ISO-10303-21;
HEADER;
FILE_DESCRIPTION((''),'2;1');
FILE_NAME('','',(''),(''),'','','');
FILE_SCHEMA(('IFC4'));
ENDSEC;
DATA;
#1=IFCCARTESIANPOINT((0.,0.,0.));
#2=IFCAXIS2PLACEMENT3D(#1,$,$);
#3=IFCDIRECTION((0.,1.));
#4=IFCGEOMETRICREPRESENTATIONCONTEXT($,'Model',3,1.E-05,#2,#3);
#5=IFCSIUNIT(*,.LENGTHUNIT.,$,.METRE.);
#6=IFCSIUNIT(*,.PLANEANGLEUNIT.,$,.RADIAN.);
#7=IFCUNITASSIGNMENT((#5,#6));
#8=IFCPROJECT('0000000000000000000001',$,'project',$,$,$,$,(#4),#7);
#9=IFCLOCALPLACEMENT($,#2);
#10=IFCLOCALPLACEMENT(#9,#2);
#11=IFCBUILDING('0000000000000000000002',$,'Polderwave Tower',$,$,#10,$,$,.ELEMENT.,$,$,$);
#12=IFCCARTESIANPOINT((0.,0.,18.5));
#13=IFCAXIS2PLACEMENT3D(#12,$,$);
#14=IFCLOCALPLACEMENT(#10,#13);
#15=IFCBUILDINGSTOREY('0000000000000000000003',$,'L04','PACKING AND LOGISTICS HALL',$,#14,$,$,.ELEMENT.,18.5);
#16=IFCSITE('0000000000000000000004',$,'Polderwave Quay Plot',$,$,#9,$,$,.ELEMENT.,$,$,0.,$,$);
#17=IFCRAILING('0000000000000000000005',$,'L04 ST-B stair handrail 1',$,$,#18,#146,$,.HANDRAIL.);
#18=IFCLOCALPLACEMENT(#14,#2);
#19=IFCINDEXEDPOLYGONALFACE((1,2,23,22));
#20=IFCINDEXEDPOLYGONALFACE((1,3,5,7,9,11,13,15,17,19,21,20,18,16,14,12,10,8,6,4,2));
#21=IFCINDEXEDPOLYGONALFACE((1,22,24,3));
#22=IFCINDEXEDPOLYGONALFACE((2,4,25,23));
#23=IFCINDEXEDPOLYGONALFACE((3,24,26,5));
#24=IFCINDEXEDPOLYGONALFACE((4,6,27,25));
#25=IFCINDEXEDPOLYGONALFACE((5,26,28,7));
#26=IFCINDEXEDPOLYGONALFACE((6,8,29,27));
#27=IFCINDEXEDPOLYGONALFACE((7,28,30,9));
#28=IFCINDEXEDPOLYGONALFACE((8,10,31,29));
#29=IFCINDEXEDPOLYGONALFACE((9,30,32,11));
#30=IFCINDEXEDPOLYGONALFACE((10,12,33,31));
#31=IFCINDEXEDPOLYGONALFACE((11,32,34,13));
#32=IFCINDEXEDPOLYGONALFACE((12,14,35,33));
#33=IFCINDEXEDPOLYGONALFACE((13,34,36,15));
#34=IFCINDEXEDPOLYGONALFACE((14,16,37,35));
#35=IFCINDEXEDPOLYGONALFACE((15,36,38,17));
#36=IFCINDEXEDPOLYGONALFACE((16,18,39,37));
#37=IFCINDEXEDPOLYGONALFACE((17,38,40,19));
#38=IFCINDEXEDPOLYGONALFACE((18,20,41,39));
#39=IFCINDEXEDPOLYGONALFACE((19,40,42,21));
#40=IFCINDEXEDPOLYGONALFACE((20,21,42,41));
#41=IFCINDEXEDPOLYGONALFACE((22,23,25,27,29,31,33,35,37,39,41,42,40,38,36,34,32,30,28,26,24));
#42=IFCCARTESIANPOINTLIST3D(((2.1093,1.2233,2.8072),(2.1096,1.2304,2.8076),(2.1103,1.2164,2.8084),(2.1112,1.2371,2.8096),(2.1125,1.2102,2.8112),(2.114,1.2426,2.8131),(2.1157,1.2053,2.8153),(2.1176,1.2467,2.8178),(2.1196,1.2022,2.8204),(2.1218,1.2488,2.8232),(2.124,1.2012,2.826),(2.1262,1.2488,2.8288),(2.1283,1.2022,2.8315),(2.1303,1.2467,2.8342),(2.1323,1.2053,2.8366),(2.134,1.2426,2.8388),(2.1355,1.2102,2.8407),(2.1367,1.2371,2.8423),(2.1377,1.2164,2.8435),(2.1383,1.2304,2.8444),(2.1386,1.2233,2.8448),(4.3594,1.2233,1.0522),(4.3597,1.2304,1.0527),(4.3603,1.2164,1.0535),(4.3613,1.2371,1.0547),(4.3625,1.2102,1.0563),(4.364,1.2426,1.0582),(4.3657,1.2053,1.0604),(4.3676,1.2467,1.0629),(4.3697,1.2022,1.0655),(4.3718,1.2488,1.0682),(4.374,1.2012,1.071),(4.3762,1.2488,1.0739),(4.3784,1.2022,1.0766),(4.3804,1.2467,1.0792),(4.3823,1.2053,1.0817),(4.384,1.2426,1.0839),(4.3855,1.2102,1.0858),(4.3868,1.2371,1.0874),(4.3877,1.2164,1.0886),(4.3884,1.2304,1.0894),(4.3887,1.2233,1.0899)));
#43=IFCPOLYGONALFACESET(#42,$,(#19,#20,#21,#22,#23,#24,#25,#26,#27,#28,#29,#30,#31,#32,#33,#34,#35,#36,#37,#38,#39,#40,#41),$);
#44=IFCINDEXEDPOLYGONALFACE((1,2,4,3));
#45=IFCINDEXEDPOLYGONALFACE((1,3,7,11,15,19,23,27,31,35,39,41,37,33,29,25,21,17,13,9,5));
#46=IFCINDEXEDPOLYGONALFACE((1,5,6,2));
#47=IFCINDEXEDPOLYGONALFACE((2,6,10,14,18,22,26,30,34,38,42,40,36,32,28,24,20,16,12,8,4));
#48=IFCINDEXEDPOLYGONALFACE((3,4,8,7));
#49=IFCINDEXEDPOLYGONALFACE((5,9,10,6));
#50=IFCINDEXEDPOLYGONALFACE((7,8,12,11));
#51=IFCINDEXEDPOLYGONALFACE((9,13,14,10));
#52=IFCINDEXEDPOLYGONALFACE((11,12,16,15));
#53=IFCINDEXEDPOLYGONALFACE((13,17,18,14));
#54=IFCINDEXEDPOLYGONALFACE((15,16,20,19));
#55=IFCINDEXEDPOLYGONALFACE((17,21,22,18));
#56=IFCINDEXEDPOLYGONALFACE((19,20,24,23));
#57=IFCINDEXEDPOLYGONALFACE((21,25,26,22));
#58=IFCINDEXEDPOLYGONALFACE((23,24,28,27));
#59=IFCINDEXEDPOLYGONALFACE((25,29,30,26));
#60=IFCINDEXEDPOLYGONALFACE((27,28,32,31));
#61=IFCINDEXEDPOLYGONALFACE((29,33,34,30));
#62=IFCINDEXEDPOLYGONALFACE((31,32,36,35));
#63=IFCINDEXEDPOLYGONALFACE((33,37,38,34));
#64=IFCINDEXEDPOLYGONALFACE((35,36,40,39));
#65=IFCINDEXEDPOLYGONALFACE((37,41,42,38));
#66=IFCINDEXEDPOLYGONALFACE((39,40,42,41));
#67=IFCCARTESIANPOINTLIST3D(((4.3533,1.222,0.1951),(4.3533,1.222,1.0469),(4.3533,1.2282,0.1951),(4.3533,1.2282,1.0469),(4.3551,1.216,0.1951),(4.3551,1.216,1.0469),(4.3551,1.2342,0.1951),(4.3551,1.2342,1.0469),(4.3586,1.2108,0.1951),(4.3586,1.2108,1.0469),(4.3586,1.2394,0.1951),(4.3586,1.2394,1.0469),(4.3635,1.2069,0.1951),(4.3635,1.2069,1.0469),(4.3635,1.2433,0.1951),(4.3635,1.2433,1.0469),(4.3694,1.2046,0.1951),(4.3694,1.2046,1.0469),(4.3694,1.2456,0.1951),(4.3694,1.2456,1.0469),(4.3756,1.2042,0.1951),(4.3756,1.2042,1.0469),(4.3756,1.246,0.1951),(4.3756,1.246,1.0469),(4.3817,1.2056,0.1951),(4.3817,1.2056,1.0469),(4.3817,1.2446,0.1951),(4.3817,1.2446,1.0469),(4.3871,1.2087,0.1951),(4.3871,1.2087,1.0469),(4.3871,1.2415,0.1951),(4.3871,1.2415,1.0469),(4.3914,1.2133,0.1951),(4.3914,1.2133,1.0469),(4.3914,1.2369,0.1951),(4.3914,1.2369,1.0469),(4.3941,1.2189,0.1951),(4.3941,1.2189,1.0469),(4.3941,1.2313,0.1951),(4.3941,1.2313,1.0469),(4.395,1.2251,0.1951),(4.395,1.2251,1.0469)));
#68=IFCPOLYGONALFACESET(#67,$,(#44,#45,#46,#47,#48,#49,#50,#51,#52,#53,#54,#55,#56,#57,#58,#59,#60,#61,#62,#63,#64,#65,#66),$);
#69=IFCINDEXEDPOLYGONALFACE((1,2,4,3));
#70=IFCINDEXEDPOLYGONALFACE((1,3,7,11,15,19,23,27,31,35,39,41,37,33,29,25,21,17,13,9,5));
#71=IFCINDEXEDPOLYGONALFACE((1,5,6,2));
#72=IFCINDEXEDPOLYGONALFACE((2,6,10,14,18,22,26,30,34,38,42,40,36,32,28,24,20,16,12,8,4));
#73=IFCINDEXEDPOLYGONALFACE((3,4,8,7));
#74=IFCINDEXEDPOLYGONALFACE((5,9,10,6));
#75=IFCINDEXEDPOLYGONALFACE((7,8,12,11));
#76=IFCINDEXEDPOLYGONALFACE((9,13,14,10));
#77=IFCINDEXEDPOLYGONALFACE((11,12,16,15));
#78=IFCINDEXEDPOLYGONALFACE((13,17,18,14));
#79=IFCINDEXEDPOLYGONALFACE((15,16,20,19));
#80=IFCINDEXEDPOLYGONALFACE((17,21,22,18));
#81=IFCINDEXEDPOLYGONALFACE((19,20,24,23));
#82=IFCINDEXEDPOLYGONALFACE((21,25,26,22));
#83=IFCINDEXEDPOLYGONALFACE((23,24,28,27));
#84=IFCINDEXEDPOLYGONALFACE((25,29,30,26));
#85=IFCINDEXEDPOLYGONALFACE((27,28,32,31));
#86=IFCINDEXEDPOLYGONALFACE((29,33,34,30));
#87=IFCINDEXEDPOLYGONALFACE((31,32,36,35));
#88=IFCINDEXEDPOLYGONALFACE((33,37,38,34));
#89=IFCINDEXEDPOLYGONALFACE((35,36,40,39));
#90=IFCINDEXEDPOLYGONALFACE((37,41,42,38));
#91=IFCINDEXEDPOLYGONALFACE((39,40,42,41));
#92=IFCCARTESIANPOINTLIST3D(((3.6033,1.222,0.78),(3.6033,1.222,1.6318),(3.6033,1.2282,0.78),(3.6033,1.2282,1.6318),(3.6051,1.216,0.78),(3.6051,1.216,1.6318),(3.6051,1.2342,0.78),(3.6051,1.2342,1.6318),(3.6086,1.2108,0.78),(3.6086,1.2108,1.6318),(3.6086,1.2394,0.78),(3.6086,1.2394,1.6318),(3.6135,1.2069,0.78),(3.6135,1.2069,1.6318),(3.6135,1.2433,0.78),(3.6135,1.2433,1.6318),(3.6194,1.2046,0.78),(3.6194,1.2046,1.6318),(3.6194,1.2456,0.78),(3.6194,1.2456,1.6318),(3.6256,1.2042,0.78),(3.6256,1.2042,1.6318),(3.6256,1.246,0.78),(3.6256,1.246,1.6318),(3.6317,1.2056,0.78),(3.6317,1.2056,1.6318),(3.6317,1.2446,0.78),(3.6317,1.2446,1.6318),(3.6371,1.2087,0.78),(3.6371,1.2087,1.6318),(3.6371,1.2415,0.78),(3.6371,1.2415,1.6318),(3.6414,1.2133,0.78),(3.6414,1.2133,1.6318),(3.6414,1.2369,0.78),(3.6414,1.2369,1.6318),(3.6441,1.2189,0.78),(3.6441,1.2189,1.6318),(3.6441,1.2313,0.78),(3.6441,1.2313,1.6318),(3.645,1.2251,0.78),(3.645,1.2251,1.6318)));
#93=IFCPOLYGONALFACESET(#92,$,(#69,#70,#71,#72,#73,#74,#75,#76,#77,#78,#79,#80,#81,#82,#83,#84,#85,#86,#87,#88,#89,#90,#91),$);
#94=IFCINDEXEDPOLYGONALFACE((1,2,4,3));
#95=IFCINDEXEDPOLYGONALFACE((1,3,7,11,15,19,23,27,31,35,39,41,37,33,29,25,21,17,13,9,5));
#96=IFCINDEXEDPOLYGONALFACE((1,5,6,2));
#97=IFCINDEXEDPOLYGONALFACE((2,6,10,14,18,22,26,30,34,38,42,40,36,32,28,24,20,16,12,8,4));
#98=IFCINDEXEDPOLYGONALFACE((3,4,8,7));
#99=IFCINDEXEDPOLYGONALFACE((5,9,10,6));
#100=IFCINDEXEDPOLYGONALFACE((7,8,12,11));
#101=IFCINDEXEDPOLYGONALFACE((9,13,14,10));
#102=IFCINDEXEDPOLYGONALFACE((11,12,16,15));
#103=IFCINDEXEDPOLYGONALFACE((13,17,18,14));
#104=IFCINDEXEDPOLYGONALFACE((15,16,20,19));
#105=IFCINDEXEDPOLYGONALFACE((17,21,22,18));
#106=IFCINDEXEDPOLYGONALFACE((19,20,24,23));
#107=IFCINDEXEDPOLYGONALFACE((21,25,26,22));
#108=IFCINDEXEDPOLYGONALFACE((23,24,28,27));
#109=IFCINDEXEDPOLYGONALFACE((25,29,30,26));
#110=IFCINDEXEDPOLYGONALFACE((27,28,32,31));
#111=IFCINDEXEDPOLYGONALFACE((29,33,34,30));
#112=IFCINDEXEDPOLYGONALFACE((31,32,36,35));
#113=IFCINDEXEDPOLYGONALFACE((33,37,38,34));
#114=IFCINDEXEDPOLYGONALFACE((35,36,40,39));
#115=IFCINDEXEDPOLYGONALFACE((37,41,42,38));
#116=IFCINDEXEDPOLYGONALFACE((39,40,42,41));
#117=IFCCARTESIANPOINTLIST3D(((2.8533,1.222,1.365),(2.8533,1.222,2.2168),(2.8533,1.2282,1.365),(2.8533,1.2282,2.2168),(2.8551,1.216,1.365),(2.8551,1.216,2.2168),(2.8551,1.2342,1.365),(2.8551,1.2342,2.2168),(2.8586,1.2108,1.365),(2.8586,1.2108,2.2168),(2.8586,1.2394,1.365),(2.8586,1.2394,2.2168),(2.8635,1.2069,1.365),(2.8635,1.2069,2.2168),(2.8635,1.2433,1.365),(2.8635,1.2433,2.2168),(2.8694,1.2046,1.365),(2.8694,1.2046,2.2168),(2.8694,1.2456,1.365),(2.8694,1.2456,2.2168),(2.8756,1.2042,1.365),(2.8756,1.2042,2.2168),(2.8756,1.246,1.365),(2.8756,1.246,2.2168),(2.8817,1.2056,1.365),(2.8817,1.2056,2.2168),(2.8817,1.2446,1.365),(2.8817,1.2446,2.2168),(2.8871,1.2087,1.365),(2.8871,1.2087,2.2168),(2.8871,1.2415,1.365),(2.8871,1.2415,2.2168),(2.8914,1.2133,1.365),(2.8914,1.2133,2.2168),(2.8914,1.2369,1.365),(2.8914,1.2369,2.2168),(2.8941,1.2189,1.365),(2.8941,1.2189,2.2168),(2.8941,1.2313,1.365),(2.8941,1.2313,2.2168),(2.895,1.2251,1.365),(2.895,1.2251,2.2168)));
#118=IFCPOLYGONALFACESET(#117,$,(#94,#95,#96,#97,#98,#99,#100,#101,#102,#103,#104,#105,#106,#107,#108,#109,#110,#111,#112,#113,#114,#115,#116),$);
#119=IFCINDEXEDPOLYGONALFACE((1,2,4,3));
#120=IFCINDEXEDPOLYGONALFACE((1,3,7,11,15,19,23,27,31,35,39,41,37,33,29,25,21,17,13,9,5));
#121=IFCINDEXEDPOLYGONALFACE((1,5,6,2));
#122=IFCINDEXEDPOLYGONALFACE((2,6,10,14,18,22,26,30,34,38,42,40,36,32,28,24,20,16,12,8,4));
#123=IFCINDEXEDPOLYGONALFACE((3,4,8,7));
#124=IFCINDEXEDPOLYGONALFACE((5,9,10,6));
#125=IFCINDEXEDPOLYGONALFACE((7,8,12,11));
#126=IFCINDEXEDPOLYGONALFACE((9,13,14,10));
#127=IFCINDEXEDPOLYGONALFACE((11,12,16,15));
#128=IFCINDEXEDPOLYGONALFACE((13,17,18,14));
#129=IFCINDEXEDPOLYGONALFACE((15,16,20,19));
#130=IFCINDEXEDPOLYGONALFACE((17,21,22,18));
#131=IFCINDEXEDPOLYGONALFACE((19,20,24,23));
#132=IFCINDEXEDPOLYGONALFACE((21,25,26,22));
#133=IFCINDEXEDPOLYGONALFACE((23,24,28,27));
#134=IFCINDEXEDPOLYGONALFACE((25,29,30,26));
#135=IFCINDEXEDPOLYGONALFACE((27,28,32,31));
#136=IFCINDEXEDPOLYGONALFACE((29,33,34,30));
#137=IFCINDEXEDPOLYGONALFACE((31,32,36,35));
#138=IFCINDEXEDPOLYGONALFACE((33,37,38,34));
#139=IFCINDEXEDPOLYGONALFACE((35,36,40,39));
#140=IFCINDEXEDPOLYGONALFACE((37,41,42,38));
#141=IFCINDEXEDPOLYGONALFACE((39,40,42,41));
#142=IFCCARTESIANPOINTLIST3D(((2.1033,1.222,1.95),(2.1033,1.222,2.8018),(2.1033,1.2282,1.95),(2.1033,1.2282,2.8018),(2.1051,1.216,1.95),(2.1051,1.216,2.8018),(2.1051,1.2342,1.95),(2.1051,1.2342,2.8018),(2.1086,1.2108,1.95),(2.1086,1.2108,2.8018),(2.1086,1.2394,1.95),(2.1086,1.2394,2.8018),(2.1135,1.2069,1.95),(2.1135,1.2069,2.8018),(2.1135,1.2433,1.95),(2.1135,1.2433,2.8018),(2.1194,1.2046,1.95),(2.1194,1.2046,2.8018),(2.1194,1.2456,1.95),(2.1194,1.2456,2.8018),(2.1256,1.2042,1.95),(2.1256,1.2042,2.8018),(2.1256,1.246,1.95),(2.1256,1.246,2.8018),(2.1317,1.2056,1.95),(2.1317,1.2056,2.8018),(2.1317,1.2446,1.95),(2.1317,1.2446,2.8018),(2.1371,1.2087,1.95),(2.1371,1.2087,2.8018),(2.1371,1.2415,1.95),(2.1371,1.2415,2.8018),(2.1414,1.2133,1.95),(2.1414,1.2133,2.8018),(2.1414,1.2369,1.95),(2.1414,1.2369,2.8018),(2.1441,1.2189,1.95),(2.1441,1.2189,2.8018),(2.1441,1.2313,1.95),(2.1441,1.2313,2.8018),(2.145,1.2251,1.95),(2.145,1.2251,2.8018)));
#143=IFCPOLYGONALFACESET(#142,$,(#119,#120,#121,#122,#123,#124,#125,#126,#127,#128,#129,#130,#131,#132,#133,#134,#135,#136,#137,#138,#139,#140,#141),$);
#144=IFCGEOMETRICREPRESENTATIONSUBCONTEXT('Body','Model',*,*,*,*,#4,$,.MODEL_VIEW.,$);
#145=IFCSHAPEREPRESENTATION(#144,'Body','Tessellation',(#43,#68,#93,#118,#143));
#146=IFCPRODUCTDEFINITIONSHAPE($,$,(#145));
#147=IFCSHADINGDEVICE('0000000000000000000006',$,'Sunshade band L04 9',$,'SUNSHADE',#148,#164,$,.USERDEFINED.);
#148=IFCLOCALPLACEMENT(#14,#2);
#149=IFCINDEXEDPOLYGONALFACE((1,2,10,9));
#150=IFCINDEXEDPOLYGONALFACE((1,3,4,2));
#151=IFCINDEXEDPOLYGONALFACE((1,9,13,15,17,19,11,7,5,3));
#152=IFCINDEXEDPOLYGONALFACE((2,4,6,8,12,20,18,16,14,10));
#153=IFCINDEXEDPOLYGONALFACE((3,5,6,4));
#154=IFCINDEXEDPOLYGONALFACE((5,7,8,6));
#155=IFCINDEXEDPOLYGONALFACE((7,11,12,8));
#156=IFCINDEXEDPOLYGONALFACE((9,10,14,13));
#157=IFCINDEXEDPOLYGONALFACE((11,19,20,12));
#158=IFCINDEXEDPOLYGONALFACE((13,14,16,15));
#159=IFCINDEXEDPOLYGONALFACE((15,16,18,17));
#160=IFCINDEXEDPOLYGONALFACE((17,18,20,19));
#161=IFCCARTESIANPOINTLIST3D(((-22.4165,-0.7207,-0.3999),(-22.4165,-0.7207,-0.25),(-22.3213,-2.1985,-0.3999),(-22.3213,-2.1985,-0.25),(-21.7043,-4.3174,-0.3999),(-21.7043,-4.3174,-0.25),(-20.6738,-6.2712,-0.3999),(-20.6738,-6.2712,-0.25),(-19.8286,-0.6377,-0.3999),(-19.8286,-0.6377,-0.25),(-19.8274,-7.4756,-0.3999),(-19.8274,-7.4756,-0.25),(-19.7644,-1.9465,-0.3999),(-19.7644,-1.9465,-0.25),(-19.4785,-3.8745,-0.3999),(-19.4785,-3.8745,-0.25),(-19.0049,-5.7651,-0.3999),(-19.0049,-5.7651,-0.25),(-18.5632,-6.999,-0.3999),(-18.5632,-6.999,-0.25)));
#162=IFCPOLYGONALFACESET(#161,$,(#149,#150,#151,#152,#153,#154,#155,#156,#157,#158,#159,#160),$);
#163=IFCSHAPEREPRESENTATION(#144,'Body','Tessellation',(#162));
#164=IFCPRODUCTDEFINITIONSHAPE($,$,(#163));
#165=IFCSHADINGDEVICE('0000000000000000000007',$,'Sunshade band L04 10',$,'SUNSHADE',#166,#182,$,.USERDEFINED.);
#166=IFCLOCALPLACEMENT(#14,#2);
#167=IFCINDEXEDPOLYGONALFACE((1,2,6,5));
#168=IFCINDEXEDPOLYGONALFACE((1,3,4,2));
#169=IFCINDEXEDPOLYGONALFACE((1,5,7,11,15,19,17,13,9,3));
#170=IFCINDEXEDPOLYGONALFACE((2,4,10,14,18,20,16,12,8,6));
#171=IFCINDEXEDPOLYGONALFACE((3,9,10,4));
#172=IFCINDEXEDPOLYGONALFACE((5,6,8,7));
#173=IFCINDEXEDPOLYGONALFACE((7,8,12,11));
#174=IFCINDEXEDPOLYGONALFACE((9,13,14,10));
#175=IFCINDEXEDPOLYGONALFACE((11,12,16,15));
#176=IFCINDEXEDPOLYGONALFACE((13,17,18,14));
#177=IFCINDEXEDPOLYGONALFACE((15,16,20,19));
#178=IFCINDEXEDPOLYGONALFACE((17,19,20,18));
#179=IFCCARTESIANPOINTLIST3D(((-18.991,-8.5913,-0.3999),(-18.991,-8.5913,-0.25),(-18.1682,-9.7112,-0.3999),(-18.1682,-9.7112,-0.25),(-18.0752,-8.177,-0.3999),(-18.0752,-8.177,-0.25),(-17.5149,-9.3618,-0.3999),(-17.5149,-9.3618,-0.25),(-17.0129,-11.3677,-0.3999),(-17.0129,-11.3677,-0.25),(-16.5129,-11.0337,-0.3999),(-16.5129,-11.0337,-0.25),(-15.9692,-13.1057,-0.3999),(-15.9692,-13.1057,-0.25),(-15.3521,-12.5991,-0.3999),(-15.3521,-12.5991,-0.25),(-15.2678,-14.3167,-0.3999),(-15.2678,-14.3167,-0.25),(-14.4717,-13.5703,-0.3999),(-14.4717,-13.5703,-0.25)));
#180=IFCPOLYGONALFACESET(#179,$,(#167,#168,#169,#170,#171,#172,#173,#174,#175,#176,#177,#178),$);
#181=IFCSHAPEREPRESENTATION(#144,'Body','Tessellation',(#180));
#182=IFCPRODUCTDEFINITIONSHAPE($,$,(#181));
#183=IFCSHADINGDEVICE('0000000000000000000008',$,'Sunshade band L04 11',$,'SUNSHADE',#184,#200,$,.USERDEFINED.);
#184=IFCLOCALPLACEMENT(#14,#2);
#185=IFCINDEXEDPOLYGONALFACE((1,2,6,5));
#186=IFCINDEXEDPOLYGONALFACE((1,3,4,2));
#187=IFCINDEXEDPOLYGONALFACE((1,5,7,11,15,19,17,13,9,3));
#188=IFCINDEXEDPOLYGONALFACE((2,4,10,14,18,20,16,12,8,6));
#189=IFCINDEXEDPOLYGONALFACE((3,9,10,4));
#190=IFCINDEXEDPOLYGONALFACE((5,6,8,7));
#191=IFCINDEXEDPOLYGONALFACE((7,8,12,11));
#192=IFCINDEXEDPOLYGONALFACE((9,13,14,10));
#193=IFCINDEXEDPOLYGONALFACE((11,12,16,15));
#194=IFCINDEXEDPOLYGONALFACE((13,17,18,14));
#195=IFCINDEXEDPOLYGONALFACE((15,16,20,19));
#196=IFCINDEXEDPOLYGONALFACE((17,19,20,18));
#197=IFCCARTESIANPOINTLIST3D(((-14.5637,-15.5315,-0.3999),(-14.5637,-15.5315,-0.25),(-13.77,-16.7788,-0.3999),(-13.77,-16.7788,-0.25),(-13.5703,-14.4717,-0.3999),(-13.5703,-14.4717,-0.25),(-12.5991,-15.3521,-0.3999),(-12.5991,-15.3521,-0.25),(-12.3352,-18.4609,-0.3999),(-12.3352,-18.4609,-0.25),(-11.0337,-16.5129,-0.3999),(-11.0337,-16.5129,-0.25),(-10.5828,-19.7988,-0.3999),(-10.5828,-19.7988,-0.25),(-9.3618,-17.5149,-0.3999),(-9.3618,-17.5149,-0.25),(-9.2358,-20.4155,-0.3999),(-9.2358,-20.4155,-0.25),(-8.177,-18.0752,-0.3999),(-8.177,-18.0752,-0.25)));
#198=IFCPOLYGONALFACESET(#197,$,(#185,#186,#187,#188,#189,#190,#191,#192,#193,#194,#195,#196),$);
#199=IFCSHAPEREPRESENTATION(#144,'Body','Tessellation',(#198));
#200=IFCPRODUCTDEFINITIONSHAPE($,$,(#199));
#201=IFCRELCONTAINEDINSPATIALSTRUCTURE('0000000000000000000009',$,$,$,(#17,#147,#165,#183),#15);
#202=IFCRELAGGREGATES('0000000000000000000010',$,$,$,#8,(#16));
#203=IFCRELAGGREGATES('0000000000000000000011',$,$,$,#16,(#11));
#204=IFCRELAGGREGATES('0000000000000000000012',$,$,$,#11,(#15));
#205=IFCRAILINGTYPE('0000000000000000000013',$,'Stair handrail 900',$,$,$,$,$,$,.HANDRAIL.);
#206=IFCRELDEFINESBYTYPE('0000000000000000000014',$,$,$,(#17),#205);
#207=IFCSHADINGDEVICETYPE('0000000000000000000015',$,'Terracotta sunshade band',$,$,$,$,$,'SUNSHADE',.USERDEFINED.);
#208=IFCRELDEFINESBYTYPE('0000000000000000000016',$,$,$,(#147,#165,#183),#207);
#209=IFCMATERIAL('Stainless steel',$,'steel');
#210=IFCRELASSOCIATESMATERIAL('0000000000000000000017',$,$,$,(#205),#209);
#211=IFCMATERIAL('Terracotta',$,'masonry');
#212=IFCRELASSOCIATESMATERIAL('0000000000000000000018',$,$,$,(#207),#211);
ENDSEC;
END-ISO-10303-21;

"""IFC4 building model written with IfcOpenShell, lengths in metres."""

from ifc_helpers import new_model, si_unit, direction, frame, origin, origin_2d, place, context, subcontext, project, spatial, polyline, circle, outline, extrude, material, type_object, element, save


model = new_model("IFC4")

# Units and contexts
model_context = context("Model", 3, precision=1e-05, world=origin(), true_north=direction((0.0, 1.0)))
body_context = subcontext(model_context, "Body", "Model", "MODEL_VIEW")
ifc_project = project(units=[si_unit("LENGTHUNIT", "METRE"), si_unit("PLANEANGLEUNIT", "RADIAN")], contexts=[model_context])

# Site, building, storey
site_placement = place(None, origin())
site = spatial("IfcSite", under=ifc_project, at=site_placement, Name="Polderwave Quay Plot", CompositionType="ELEMENT", RefElevation=0.0)
building_placement = place(site_placement, origin())
building = spatial("IfcBuilding", under=site, at=building_placement, Name="Polderwave Tower", CompositionType="ELEMENT")
storey_placement = place(building_placement, frame((0.0, 0.0, 18.5)))
storey = spatial("IfcBuildingStorey", under=building, at=storey_placement, Name="L04", Description="PACKING AND LOGISTICS HALL", CompositionType="ELEMENT", Elevation=18.5)

# Railing
ifc_material_1 = material(Name="Stainless steel", Category="steel")
railing_type_1 = type_object("IfcRailingType", Name="Stair handrail 900", PredefinedType="HANDRAIL", material=ifc_material_1)
railing_1_placement = place(storey_placement, frame((4.374, 1.2251, 0.1951)))
element("IfcRailing", 1, at=railing_1_placement, inside=storey, type_object=railing_type_1, Name="L04 ST-B stair handrail 1", PredefinedType="HANDRAIL", context=body_context, shape_type="SweptSolid", body=[
    extrude(circle(Radius=0.0239, at=origin_2d()), frame((0.0, 0.0, 0.876), z_axis=(-0.788522, 0.0, 0.615006), x_axis=(0.0, -1.0, 0.0)), (0.0, 0.0, 1.0), 2.8535),
    extrude(circle(Radius=0.021, at=origin_2d()), origin(), (0.0, 0.0, 1.0), 0.8518),
    extrude(circle(Radius=0.021, at=origin_2d()), frame((-0.75, 0.0, 0.585)), (0.0, 0.0, 1.0), 0.8518),
    extrude(circle(Radius=0.021, at=origin_2d()), frame((-1.5, 0.0, 1.1699)), (0.0, 0.0, 1.0), 0.8518),
    extrude(circle(Radius=0.021, at=origin_2d()), frame((-2.25, 0.0, 1.7549)), (0.0, 0.0, 1.0), 0.8518),
])

# Shading devices
ifc_material_2 = material(Name="Terracotta", Category="masonry")
shading_device_type = type_object("IfcShadingDeviceType", Name="Terracotta sunshade band", ElementType="SUNSHADE", PredefinedType="USERDEFINED", material=ifc_material_2)
shading_device_1_placement = place(storey_placement, frame((0.0, 0.0, -0.3999)))
element("IfcShadingDevice", 2, at=shading_device_1_placement, inside=storey, type_object=shading_device_type, Name="Sunshade band L04 9", ObjectType="SUNSHADE", PredefinedType="USERDEFINED", context=body_context, shape_type="SweptSolid", body=[
    extrude(outline(polyline([(-19.8286, -0.6377), (-19.7644, -1.9465), (-19.4785, -3.8745), (-19.0049, -5.7651), (-18.5632, -6.999), (-19.8274, -7.4756), (-20.6738, -6.2712), (-21.7043, -4.3174), (-22.3213, -2.1985), (-22.4165, -0.7207), (-19.8286, -0.6377)])), origin(), (0.0, 0.0, 1.0), 0.1499),
])
shading_device_2_placement = place(storey_placement, frame((0.0, 0.0, -0.3999)))
element("IfcShadingDevice", 3, at=shading_device_2_placement, inside=storey, type_object=shading_device_type, Name="Sunshade band L04 10", ObjectType="SUNSHADE", PredefinedType="USERDEFINED", context=body_context, shape_type="SweptSolid", body=[
    extrude(outline(polyline([(-18.0752, -8.177), (-17.5149, -9.3618), (-16.5129, -11.0337), (-15.3521, -12.5991), (-14.4717, -13.5703), (-15.2678, -14.3167), (-15.9692, -13.1057), (-17.0129, -11.3677), (-18.1682, -9.7112), (-18.991, -8.5913), (-18.0752, -8.177)])), origin(), (0.0, 0.0, 1.0), 0.1499),
])
shading_device_3_placement = place(storey_placement, frame((0.0, 0.0, -0.3999)))
element("IfcShadingDevice", 4, at=shading_device_3_placement, inside=storey, type_object=shading_device_type, Name="Sunshade band L04 11", ObjectType="SUNSHADE", PredefinedType="USERDEFINED", context=body_context, shape_type="SweptSolid", body=[
    extrude(outline(polyline([(-13.5703, -14.4717), (-12.5991, -15.3521), (-11.0337, -16.5129), (-9.3618, -17.5149), (-8.177, -18.0752), (-9.2358, -20.4155), (-10.5828, -19.7988), (-12.3352, -18.4609), (-13.77, -16.7788), (-14.5637, -15.5315), (-13.5703, -14.4717)])), origin(), (0.0, 0.0, 1.0), 0.1499),
])

save(model, "model.ifc")
